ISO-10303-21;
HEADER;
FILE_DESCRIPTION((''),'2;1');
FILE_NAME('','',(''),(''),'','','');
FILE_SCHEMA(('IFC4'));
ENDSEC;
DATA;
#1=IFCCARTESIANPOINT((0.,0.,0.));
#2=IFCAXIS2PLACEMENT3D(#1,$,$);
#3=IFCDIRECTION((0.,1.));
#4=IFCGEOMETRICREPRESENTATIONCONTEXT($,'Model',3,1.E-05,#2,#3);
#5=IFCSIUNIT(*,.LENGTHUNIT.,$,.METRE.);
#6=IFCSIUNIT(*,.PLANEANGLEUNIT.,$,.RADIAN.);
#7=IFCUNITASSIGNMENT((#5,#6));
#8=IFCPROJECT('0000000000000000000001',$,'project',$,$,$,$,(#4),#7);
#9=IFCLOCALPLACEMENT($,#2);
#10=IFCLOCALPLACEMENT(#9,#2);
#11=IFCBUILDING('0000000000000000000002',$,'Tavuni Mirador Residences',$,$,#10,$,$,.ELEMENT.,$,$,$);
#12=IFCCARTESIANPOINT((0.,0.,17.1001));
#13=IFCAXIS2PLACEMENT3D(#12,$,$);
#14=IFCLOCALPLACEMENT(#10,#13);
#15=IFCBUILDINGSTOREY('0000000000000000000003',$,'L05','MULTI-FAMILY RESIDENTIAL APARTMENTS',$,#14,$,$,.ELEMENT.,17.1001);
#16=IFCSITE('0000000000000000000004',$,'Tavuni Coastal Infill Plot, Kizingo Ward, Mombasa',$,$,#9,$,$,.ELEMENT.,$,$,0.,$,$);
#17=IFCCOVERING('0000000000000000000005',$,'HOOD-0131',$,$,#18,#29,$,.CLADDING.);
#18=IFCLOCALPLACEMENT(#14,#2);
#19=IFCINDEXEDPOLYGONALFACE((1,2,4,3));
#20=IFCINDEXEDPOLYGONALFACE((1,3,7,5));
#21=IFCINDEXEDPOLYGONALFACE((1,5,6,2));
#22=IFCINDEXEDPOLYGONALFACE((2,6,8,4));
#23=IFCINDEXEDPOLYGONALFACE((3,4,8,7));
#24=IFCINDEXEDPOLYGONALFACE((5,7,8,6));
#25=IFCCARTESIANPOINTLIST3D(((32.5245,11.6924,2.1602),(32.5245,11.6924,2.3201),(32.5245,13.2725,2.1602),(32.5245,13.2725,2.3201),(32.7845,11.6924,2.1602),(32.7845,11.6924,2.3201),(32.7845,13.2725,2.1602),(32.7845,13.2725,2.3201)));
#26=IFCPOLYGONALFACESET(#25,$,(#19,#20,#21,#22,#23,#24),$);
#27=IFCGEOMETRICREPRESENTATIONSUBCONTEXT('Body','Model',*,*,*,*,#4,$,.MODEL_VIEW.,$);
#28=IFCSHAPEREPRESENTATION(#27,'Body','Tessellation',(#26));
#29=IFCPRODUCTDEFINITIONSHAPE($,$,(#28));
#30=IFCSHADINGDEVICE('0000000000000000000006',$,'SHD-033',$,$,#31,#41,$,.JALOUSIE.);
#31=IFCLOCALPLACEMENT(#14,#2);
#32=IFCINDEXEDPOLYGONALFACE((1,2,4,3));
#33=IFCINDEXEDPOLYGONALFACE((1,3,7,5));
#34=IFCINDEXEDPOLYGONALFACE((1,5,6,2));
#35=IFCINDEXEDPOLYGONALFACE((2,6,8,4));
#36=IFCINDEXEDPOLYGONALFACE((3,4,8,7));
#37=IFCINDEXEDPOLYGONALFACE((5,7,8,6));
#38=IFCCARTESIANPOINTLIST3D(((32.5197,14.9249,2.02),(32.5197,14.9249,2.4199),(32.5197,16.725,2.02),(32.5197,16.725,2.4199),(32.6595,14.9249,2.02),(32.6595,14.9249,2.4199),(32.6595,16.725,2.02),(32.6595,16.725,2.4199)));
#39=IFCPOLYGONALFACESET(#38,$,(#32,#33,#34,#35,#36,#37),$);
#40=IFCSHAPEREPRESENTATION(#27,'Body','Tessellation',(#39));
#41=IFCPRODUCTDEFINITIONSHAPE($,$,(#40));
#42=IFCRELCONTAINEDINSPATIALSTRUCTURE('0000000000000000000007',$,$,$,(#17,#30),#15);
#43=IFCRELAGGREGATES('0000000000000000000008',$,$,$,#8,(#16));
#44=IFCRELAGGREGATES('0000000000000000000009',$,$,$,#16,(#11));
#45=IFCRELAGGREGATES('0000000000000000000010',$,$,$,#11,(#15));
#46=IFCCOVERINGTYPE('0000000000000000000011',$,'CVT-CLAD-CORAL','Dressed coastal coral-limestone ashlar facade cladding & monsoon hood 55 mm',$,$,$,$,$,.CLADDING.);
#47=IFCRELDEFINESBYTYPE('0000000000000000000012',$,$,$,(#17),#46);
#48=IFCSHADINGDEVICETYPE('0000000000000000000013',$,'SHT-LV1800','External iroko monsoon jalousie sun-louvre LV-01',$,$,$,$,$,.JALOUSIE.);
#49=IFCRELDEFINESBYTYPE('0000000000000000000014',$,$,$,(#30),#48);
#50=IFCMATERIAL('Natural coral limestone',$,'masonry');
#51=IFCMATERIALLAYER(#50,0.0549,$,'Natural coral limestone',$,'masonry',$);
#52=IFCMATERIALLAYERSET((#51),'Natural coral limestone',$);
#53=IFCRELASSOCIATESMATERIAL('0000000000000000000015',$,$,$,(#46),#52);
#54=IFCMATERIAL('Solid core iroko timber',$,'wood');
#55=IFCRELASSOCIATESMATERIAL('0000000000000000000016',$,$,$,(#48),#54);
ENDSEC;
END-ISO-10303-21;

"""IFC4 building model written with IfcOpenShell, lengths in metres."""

from ifc_helpers import new_model, si_unit, direction, frame, origin, origin_2d, place, context, subcontext, project, spatial, rectangle, extrude, material, layer, layer_set, type_object, element, save


model = new_model("IFC4")

# Units and contexts
model_context = context("Model", 3, precision=1e-05, world=origin(), true_north=direction((0.0, 1.0)))
body_context = subcontext(model_context, "Body", "Model", "MODEL_VIEW")
ifc_project = project(units=[si_unit("LENGTHUNIT", "METRE"), si_unit("PLANEANGLEUNIT", "RADIAN")], contexts=[model_context])

# Site, building, storey
site_placement = place(None, origin())
site = spatial("IfcSite", under=ifc_project, at=site_placement, Name="Tavuni Coastal Infill Plot, Kizingo Ward, Mombasa", CompositionType="ELEMENT", RefElevation=0.0)
building_placement = place(site_placement, origin())
building = spatial("IfcBuilding", under=site, at=building_placement, Name="Tavuni Mirador Residences", CompositionType="ELEMENT")
storey_placement = place(building_placement, frame((0.0, 0.0, 17.1001)))
storey = spatial("IfcBuildingStorey", under=building, at=storey_placement, Name="L05", Description="MULTI-FAMILY RESIDENTIAL APARTMENTS", CompositionType="ELEMENT", Elevation=17.1001)

# Covering
ifc_material_1 = material(Name="Natural coral limestone", Category="masonry")
ifc_layer_1 = layer(ifc_material_1, 0.0549, Name="Natural coral limestone", Category="masonry")
ifc_layer_set_1 = layer_set([ifc_layer_1], Name="Natural coral limestone")
covering_type = type_object("IfcCoveringType", Name="CVT-CLAD-CORAL", Description="Dressed coastal coral-limestone ashlar facade cladding & monsoon hood 55 mm", PredefinedType="CLADDING", material=ifc_layer_set_1)
covering_placement = place(storey_placement, frame((32.6545, 12.4824, 2.1602), z_axis=(0.0, 0.0, 1.0), x_axis=(0.0, 1.0, 0.0)))
element("IfcCovering", 1, at=covering_placement, inside=storey, type_object=covering_type, Name="HOOD-0131", PredefinedType="CLADDING", context=body_context, shape_type="SweptSolid", body=[
    extrude(rectangle(XDim=1.5801, YDim=0.26, at=origin_2d()), origin(), (0.0, 0.0, 1.0), 0.1599),
])

# Shading device
ifc_material_2 = material(Name="Solid core iroko timber", Category="wood")
shading_device_type = type_object("IfcShadingDeviceType", Name="SHT-LV1800", Description="External iroko monsoon jalousie sun-louvre LV-01", PredefinedType="JALOUSIE", material=ifc_material_2)
shading_device_placement = place(storey_placement, frame((32.5896, 15.825, 2.02), z_axis=(0.0, 0.0, 1.0), x_axis=(0.0, 1.0, 0.0)))
element("IfcShadingDevice", 2, at=shading_device_placement, inside=storey, type_object=shading_device_type, Name="SHD-033", PredefinedType="JALOUSIE", context=body_context, shape_type="SweptSolid", body=[
    extrude(rectangle(XDim=1.8, YDim=0.1399, at=origin_2d()), origin(), (0.0, 0.0, 1.0), 0.3999),
])

save(model, "model.ifc")
